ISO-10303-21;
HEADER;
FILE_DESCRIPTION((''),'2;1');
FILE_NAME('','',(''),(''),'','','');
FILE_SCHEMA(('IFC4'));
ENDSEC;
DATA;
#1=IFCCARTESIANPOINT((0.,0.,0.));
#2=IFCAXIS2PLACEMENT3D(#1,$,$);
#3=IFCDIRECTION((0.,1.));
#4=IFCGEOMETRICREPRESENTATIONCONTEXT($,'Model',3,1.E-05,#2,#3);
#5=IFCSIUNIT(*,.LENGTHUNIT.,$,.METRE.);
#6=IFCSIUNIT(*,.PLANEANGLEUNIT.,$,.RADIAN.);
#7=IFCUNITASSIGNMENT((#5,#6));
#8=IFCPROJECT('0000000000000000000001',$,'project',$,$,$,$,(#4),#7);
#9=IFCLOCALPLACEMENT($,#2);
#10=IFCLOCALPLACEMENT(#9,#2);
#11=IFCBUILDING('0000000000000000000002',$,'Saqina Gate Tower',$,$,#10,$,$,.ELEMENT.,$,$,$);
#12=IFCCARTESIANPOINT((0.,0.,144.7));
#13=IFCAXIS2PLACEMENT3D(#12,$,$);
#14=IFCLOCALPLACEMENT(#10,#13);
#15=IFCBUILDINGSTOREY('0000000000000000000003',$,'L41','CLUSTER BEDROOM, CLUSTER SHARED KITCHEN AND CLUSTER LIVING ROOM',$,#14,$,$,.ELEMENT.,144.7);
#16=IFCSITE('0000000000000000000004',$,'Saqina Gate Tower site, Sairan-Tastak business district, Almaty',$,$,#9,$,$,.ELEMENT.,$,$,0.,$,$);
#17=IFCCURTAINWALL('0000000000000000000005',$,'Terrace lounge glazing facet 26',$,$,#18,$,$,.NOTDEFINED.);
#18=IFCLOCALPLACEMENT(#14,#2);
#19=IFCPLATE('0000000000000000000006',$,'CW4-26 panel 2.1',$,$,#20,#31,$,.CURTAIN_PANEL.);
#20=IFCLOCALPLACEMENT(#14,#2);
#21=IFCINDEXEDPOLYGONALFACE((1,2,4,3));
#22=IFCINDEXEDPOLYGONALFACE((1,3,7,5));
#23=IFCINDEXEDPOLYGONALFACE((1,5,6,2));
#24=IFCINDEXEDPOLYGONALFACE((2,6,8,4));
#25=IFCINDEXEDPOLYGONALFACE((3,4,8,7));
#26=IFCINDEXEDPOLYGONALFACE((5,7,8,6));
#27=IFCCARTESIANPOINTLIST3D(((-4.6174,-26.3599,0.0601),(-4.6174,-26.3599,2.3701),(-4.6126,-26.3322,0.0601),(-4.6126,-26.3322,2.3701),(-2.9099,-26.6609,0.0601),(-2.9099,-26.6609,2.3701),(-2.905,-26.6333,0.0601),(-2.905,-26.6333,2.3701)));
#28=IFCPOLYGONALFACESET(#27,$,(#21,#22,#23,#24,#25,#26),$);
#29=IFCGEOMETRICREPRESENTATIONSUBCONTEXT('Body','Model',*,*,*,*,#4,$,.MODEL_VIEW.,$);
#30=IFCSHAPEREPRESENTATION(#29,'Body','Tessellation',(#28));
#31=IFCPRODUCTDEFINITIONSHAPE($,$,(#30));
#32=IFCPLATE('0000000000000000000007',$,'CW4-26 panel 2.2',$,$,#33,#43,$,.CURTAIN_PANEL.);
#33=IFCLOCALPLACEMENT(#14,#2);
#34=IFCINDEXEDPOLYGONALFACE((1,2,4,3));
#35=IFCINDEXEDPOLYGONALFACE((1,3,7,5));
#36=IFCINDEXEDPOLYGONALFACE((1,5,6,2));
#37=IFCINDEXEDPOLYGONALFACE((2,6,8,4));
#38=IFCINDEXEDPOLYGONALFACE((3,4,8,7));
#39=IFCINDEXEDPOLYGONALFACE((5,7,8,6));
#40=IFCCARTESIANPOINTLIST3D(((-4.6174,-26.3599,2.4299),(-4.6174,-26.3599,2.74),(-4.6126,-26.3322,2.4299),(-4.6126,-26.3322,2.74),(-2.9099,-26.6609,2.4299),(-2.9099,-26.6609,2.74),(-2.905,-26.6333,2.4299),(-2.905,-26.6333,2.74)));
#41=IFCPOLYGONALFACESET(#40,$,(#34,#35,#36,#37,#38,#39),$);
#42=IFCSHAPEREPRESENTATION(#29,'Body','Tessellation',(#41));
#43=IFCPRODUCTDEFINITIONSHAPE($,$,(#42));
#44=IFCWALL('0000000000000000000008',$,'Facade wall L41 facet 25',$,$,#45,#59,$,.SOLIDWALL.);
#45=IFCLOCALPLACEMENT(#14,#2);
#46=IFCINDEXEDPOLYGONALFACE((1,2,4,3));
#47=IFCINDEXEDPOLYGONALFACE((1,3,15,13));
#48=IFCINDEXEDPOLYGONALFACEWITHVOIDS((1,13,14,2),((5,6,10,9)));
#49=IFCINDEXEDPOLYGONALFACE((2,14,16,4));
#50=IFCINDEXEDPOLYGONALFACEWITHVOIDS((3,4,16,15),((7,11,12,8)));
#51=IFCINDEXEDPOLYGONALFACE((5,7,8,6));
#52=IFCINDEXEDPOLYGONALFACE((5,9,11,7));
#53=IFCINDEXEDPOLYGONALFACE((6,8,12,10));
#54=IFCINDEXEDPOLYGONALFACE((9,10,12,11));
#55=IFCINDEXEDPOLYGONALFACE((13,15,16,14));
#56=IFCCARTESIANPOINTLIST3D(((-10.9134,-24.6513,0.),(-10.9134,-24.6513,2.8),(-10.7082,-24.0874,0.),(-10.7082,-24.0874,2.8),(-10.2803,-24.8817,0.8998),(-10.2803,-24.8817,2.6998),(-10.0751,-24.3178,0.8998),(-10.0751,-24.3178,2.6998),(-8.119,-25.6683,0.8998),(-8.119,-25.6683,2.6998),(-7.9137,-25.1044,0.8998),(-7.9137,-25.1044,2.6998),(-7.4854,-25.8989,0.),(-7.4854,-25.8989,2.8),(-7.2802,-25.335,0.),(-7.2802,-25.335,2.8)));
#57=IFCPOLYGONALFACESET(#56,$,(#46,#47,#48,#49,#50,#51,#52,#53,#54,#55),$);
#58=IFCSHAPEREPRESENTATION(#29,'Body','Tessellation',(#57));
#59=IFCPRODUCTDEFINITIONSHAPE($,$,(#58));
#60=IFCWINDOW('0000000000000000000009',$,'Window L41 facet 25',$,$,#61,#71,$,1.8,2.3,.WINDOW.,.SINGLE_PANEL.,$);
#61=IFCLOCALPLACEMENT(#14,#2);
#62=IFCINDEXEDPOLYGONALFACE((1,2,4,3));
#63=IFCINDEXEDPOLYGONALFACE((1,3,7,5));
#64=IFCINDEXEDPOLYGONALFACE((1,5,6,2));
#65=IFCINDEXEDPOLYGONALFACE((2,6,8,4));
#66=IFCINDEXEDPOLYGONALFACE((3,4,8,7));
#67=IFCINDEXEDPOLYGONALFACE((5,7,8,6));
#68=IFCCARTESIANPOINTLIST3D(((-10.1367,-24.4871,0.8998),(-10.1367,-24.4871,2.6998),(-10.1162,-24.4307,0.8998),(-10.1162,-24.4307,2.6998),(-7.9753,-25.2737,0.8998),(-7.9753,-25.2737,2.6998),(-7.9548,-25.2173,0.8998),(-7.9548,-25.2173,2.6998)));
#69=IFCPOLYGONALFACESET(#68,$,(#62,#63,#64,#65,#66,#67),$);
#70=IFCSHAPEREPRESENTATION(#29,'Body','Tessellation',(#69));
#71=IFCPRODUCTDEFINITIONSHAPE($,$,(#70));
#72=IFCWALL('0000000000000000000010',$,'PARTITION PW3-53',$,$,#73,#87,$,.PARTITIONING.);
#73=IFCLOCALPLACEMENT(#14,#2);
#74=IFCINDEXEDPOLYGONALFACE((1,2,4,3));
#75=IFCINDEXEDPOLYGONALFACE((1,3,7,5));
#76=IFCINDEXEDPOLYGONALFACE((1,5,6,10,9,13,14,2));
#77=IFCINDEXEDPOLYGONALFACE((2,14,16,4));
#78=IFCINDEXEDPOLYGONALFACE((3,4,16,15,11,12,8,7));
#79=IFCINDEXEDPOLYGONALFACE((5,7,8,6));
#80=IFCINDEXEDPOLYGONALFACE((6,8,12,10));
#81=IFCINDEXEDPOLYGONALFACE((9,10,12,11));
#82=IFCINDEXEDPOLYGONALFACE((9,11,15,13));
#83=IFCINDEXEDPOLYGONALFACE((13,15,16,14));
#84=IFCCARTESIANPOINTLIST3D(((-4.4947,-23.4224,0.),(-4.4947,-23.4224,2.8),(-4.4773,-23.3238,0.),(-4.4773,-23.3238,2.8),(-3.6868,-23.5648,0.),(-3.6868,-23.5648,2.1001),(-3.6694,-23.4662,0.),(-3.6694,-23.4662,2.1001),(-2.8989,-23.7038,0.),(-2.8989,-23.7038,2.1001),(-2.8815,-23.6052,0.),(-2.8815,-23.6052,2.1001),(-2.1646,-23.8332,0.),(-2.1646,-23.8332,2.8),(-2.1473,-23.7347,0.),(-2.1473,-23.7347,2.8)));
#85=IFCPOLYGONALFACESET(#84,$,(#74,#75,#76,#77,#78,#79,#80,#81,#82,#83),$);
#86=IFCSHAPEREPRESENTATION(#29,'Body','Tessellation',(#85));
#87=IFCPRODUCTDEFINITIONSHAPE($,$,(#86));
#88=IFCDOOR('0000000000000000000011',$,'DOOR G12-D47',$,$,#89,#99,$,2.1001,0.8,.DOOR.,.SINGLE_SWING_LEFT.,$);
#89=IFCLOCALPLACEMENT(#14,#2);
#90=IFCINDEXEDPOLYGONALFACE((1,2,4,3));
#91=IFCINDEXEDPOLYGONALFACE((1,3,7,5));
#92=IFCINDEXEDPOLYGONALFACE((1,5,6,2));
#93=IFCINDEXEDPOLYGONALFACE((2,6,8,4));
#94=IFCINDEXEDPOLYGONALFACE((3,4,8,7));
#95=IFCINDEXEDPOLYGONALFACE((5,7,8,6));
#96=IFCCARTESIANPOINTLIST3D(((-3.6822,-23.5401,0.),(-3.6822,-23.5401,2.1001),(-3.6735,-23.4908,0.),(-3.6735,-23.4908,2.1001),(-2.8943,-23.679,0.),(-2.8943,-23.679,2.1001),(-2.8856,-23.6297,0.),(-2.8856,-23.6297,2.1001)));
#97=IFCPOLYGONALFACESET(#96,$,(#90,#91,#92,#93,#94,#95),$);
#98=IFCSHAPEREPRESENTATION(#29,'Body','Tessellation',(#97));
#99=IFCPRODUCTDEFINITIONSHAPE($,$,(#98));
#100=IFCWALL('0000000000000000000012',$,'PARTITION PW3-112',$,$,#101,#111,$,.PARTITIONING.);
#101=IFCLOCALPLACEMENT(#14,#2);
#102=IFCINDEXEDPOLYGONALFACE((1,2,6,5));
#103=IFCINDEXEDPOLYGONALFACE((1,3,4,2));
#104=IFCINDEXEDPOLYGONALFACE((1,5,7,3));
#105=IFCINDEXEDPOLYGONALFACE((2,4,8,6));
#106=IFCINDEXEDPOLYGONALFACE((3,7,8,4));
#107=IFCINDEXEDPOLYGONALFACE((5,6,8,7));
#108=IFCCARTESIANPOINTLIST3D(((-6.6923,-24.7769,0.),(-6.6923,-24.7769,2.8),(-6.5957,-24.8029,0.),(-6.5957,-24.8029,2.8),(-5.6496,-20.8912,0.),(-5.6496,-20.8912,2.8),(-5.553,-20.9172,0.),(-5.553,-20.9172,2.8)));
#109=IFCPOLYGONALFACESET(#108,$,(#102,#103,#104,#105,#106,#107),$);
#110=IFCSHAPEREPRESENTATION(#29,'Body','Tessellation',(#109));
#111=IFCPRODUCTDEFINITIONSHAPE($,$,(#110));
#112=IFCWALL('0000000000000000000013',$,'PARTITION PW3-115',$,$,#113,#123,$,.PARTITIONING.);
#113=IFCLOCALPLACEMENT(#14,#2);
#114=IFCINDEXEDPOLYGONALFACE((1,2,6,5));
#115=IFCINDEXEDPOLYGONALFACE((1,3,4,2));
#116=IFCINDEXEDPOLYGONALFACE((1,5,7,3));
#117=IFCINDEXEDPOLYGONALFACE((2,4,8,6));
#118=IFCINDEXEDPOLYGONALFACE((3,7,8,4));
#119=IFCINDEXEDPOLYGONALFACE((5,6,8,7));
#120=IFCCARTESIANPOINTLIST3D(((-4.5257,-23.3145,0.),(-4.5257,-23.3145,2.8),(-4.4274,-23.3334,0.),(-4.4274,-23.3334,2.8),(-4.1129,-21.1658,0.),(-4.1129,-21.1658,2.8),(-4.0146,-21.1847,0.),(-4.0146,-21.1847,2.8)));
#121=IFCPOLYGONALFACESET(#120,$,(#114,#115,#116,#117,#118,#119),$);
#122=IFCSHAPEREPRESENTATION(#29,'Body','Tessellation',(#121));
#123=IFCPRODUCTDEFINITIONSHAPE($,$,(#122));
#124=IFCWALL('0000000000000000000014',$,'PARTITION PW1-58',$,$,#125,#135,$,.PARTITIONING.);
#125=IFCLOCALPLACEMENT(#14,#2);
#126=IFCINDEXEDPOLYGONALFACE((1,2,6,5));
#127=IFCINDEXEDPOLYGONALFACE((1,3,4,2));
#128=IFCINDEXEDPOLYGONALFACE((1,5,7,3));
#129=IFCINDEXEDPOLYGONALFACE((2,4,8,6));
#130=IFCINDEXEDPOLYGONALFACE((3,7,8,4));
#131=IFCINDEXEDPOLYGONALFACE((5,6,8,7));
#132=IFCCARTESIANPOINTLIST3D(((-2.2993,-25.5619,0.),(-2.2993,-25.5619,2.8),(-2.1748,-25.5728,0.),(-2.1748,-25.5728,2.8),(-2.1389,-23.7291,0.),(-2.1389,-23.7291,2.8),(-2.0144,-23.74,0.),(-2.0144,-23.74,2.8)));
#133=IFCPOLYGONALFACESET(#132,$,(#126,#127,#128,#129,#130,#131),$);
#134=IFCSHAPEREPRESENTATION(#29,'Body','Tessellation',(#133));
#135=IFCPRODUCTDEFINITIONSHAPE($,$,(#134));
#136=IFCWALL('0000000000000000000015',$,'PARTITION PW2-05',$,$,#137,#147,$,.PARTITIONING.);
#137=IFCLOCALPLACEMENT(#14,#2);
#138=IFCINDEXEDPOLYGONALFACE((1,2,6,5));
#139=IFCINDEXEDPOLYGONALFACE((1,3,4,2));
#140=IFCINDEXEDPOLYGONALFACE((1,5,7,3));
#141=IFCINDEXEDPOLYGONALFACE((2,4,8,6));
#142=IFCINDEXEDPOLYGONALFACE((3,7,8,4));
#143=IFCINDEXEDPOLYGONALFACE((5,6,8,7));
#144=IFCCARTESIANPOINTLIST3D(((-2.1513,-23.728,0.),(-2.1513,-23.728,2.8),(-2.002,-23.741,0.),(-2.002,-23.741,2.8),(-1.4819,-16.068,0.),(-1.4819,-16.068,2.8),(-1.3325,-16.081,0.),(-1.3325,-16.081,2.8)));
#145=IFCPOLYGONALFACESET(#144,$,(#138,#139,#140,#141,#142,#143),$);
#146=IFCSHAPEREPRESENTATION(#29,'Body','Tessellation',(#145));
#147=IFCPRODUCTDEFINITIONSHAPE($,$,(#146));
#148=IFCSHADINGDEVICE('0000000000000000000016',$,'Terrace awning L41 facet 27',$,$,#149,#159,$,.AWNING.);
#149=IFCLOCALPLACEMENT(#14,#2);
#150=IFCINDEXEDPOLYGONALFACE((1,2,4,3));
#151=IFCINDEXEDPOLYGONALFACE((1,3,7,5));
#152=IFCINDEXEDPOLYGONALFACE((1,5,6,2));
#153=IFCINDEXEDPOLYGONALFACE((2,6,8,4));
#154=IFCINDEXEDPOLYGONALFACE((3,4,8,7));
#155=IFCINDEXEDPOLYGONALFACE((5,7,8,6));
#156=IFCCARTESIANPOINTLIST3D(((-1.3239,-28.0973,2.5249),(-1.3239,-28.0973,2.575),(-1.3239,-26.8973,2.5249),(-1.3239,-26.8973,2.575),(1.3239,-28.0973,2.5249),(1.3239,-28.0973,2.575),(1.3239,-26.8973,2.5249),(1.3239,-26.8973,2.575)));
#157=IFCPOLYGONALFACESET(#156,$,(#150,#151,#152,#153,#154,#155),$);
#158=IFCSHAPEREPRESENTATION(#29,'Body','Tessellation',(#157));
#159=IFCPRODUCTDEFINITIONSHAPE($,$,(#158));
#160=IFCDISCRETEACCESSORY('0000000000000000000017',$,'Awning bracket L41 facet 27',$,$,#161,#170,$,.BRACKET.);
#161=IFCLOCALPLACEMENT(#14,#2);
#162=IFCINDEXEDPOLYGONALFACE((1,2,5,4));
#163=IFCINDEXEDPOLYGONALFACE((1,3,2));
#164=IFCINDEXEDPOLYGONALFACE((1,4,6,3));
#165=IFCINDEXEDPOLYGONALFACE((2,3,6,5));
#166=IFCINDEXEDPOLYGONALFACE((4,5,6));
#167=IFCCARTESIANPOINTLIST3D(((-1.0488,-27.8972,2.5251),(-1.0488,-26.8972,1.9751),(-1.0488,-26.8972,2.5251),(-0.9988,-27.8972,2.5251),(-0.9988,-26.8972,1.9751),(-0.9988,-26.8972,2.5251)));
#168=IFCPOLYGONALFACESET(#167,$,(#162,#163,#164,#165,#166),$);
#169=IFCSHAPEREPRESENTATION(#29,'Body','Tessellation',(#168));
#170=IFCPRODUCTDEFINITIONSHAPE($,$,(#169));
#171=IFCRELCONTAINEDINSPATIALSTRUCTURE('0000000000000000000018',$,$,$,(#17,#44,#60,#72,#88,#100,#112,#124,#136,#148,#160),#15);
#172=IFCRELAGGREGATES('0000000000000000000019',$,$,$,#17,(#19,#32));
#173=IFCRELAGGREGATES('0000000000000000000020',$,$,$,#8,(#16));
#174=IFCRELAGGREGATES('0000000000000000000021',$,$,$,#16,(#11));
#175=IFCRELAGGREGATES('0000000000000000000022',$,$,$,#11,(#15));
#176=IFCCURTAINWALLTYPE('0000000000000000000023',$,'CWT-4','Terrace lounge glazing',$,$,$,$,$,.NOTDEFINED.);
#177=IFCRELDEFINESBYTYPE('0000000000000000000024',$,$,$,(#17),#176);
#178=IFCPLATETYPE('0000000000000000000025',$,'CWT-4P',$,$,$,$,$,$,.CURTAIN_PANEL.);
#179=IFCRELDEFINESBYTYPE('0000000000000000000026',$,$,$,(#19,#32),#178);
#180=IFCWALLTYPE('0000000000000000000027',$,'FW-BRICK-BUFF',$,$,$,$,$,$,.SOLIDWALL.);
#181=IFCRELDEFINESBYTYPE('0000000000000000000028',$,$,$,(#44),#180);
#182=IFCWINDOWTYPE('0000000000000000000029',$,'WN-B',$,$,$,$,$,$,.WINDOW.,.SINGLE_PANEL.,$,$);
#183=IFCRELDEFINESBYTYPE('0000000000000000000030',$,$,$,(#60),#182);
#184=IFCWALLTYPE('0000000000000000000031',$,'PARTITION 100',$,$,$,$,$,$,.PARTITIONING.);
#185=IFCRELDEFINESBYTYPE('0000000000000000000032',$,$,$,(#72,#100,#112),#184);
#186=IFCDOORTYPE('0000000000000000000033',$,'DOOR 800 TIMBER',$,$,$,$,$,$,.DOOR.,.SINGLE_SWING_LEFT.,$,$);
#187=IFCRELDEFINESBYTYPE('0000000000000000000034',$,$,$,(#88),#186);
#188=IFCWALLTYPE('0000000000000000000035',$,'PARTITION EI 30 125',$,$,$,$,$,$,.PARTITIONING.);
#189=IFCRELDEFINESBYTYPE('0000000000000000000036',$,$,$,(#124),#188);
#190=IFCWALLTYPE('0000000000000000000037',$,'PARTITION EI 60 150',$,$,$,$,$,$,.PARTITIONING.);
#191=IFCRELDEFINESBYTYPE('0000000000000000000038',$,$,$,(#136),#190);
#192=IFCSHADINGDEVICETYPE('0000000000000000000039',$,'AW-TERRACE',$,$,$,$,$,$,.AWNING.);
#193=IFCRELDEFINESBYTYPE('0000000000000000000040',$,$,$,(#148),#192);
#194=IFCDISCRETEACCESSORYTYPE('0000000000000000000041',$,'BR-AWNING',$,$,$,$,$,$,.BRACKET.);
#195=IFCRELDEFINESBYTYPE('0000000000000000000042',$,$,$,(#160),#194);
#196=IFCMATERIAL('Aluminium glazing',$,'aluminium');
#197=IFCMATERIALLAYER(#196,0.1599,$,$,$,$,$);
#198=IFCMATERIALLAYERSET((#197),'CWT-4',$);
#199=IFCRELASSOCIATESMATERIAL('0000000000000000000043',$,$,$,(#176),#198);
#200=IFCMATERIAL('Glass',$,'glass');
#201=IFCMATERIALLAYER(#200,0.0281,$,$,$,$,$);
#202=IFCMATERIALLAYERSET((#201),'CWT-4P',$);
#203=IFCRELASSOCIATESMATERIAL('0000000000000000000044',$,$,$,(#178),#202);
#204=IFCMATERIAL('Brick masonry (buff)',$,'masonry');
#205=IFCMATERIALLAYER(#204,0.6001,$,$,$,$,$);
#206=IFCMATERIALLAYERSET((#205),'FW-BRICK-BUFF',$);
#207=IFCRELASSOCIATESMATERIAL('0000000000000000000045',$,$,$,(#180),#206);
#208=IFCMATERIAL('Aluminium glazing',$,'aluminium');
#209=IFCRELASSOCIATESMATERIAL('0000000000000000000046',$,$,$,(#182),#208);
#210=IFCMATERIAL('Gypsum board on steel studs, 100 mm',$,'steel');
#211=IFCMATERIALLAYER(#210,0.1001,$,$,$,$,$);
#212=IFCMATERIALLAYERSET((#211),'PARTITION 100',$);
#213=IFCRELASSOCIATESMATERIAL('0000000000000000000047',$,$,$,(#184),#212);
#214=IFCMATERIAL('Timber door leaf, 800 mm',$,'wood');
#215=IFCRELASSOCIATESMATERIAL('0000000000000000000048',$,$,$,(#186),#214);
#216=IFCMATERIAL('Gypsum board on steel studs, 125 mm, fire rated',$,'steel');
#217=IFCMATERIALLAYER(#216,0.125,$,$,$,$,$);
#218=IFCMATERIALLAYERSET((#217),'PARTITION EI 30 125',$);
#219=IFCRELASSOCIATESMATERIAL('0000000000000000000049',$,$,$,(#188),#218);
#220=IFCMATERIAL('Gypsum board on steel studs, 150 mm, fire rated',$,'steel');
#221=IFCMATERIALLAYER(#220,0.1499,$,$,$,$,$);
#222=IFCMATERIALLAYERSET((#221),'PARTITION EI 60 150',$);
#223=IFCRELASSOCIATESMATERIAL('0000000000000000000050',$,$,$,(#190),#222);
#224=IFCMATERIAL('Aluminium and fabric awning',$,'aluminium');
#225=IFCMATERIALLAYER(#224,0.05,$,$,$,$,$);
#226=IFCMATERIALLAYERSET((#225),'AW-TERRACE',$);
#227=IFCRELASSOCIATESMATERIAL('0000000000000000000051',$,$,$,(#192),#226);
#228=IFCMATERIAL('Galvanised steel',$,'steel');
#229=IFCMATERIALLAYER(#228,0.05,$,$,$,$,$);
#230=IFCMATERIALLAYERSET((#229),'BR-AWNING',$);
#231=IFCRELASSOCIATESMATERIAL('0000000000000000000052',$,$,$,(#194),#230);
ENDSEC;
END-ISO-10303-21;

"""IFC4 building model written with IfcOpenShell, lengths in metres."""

from ifc_helpers import new_model, si_unit, direction, frame, frame_2d, origin, origin_2d, place, context, subcontext, project, spatial, polyline, rectangle, outline, extrude, material, layer, layer_set, type_object, element, fill, aggregate, save


model = new_model("IFC4")

# Units and contexts
model_context = context("Model", 3, precision=1e-05, world=origin(), true_north=direction((0.0, 1.0)))
body_context = subcontext(model_context, "Body", "Model", "MODEL_VIEW")
ifc_project = project(units=[si_unit("LENGTHUNIT", "METRE"), si_unit("PLANEANGLEUNIT", "RADIAN")], contexts=[model_context])

# Site, building, storey
site_placement = place(None, origin())
site = spatial("IfcSite", under=ifc_project, at=site_placement, Name="Saqina Gate Tower site, Sairan-Tastak business district, Almaty", CompositionType="ELEMENT", RefElevation=0.0)
building_placement = place(site_placement, origin())
building = spatial("IfcBuilding", under=site, at=building_placement, Name="Saqina Gate Tower", CompositionType="ELEMENT")
storey_placement = place(building_placement, frame((0.0, 0.0, 144.7)))
storey = spatial("IfcBuildingStorey", under=building, at=storey_placement, Name="L41", Description="CLUSTER BEDROOM, CLUSTER SHARED KITCHEN AND CLUSTER LIVING ROOM", CompositionType="ELEMENT", Elevation=144.7)

# Curtain wall, plates
ifc_material_1 = material(Name="Aluminium glazing", Category="aluminium")
ifc_layer_1 = layer(ifc_material_1, 0.1599)
ifc_layer_set_1 = layer_set([ifc_layer_1], Name="CWT-4")
curtain_wall_type = type_object("IfcCurtainWallType", Name="CWT-4", Description="Terrace lounge glazing", PredefinedType="NOTDEFINED", material=ifc_layer_set_1)
curtain_wall_placement = place(storey_placement, origin())
curtain_wall = element("IfcCurtainWall", 1, at=curtain_wall_placement, inside=storey, type_object=curtain_wall_type, Name="Terrace lounge glazing facet 26", PredefinedType="NOTDEFINED")
ifc_material_2 = material(Name="Glass", Category="glass")
ifc_layer_2 = layer(ifc_material_2, 0.0281)
ifc_layer_set_2 = layer_set([ifc_layer_2], Name="CWT-4P")
plate_type = type_object("IfcPlateType", Name="CWT-4P", PredefinedType="CURTAIN_PANEL", material=ifc_layer_set_2)
plate_1_placement = place(storey_placement, frame((-3.7612, -26.4966, 0.0601), z_axis=(0.0, 0.0, 1.0), x_axis=(0.984809, -0.173638, 0.0)))
plate_1 = element("IfcPlate", 2, at=plate_1_placement, type_object=plate_type, Name="CW4-26 panel 2.1", PredefinedType="CURTAIN_PANEL", context=body_context, shape_type="SweptSolid", body=[
    extrude(rectangle(XDim=1.7339, YDim=0.0281, at=origin_2d()), origin(), (0.0, 0.0, 1.0), 2.3101),
])
plate_2_placement = place(storey_placement, frame((-3.7612, -26.4966, 2.4299), z_axis=(0.0, 0.0, 1.0), x_axis=(0.984809, -0.173638, 0.0)))
plate_2 = element("IfcPlate", 3, at=plate_2_placement, type_object=plate_type, Name="CW4-26 panel 2.2", PredefinedType="CURTAIN_PANEL", context=body_context, shape_type="SweptSolid", body=[
    extrude(rectangle(XDim=1.7339, YDim=0.0281, at=origin_2d()), origin(), (0.0, 0.0, 1.0), 0.3101),
])
aggregate(curtain_wall, [plate_1, plate_2])

# Wall, opening, window
ifc_material_3 = material(Name="Brick masonry (buff)", Category="masonry")
ifc_layer_3 = layer(ifc_material_3, 0.6001)
ifc_layer_set_3 = layer_set([ifc_layer_3], Name="FW-BRICK-BUFF")
wall_type_1 = type_object("IfcWallType", Name="FW-BRICK-BUFF", PredefinedType="SOLIDWALL", material=ifc_layer_set_3)
wall_1_placement = place(storey_placement, frame((-10.8108, -24.3694, 0.0), z_axis=(0.0, 0.0, 1.0), x_axis=(0.939704, -0.34199, 0.0)))
wall_1 = element("IfcWall", 4, at=wall_1_placement, inside=storey, type_object=wall_type_1, Name="Facade wall L41 facet 25", PredefinedType="SOLIDWALL", context=body_context, shape_type="SweptSolid", body=[
    extrude(rectangle(XDim=3.6479, YDim=0.6001, at=frame_2d((1.824, 0.0))), origin(), (0.0, 0.0, 1.0), 2.8),
])
opening_1_placement = place(wall_1_placement, frame((0.6738, 0.0, 0.8999)))
opening_1 = element("IfcOpeningElement", 5, at=opening_1_placement, cuts=wall_1, PredefinedType="OPENING", context=body_context, shape_type="SweptSolid", body=[
    extrude(rectangle(XDim=2.3, YDim=1.8, at=frame_2d((1.1499, 0.8999))), frame((0.0, 0.312, 0.0), z_axis=(0.0, -1.0, 0.0), x_axis=(1.0, 0.0, 0.0)), (0.0, 0.0, 1.0), 0.624),
])
ifc_material_4 = material(Name="Aluminium glazing", Category="aluminium")
window_type = type_object("IfcWindowType", Name="WN-B", PartitioningType="SINGLE_PANEL", PredefinedType="WINDOW", material=ifc_material_4)
window_placement = place(opening_1_placement, origin())
window = element("IfcWindow", 6, at=window_placement, inside=storey, type_object=window_type, Name="Window L41 facet 25", OverallHeight=1.8, OverallWidth=2.3, PartitioningType="SINGLE_PANEL", PredefinedType="WINDOW", context=body_context, shape_type="SweptSolid", body=[
    extrude(rectangle(XDim=2.3, YDim=1.8, at=frame_2d((1.1499, 0.8999))), frame((0.0, 0.1799, 0.0), z_axis=(0.0, -1.0, 0.0), x_axis=(1.0, 0.0, 0.0)), (0.0, 0.0, 1.0), 0.0601),
])
fill(opening_1, window)

# Wall, opening, door
ifc_material_5 = material(Name="Gypsum board on steel studs, 100 mm", Category="steel")
ifc_layer_4 = layer(ifc_material_5, 0.1001)
ifc_layer_set_4 = layer_set([ifc_layer_4], Name="PARTITION 100")
wall_type_2 = type_object("IfcWallType", Name="PARTITION 100", PredefinedType="PARTITIONING", material=ifc_layer_set_4)
wall_2_placement = place(storey_placement, frame((-4.4861, -23.373, 0.0), z_axis=(0.0, 0.0, 1.0), x_axis=(0.984805, -0.173662, 0.0)))
wall_2 = element("IfcWall", 7, at=wall_2_placement, inside=storey, type_object=wall_type_2, Name="PARTITION PW3-53", PredefinedType="PARTITIONING", context=body_context, shape_type="SweptSolid", body=[
    extrude(rectangle(XDim=2.366, YDim=0.1001, at=frame_2d((1.1831, 0.0))), origin(), (0.0, 0.0, 1.0), 2.8),
])
opening_2_placement = place(wall_2_placement, frame((0.8206, 0.0, 0.0)))
opening_2 = element("IfcOpeningElement", 8, at=opening_2_placement, cuts=wall_2, PredefinedType="OPENING", context=body_context, shape_type="SweptSolid", body=[
    extrude(rectangle(XDim=0.8, YDim=2.1001, at=frame_2d((0.3999, 1.05))), frame((0.0, 0.062, 0.0), z_axis=(0.0, -1.0, 0.0), x_axis=(1.0, 0.0, 0.0)), (0.0, 0.0, 1.0), 0.124),
])
ifc_material_6 = material(Name="Timber door leaf, 800 mm", Category="wood")
door_type_1 = type_object("IfcDoorType", Name="DOOR 800 TIMBER", OperationType="SINGLE_SWING_LEFT", PredefinedType="DOOR", material=ifc_material_6)
door_1_placement = place(opening_2_placement, frame((0.8, 0.0, 0.0), z_axis=(0.0, 0.0, 1.0), x_axis=(-1.0, 0.0, 0.0)))
door_1 = element("IfcDoor", 9, at=door_1_placement, inside=storey, type_object=door_type_1, Name="DOOR G12-D47", OperationType="SINGLE_SWING_LEFT", OverallHeight=2.1001, OverallWidth=0.8, PredefinedType="DOOR", context=body_context, shape_type="SweptSolid", body=[
    extrude(rectangle(XDim=0.8, YDim=2.1001, at=frame_2d((0.3999, 1.05))), frame((0.0, 0.0249, 0.0), z_axis=(0.0, -1.0, 0.0), x_axis=(1.0, 0.0, 0.0)), (0.0, 0.0, 1.0), 0.05),
])
fill(opening_2, door_1)

# Walls
wall_3_placement = place(storey_placement, frame((-6.644, -24.79, 0.0), z_axis=(0.0, 0.0, 1.0), x_axis=(0.259177, 0.96583, 0.0)))
element("IfcWall", 10, at=wall_3_placement, inside=storey, type_object=wall_type_2, Name="PARTITION PW3-112", PredefinedType="PARTITIONING", context=body_context, shape_type="SweptSolid", body=[
    extrude(rectangle(XDim=4.0232, YDim=0.1001, at=frame_2d((2.0117, 0.0))), origin(), (0.0, 0.0, 1.0), 2.8),
])
wall_4_placement = place(storey_placement, frame((-4.4766, -23.324, 0.0), z_axis=(0.0, 0.0, 1.0), x_axis=(0.188686, 0.982037, 0.0)))
element("IfcWall", 11, at=wall_4_placement, inside=storey, type_object=wall_type_2, Name="PARTITION PW3-115", PredefinedType="PARTITIONING", context=body_context, shape_type="SweptSolid", body=[
    extrude(rectangle(XDim=2.188, YDim=0.1001, at=frame_2d((1.094, 0.0))), origin(), (0.0, 0.0, 1.0), 2.8),
])
ifc_material_7 = material(Name="Gypsum board on steel studs, 125 mm, fire rated", Category="steel")
ifc_layer_5 = layer(ifc_material_7, 0.125)
ifc_layer_set_5 = layer_set([ifc_layer_5], Name="PARTITION EI 30 125")
wall_type_3 = type_object("IfcWallType", Name="PARTITION EI 30 125", PredefinedType="PARTITIONING", material=ifc_layer_set_5)
wall_5_placement = place(storey_placement, frame((-2.2371, -25.5674, 0.0), z_axis=(0.0, 0.0, 1.0), x_axis=(0.087185, 0.996192, 0.0)))
element("IfcWall", 12, at=wall_5_placement, inside=storey, type_object=wall_type_3, Name="PARTITION PW1-58", PredefinedType="PARTITIONING", context=body_context, shape_type="SweptSolid", body=[
    extrude(rectangle(XDim=1.8398, YDim=0.125, at=frame_2d((0.9199, 0.0))), origin(), (0.0, 0.0, 1.0), 2.8),
])
ifc_material_8 = material(Name="Gypsum board on steel studs, 150 mm, fire rated", Category="steel")
ifc_layer_6 = layer(ifc_material_8, 0.1499)
ifc_layer_set_6 = layer_set([ifc_layer_6], Name="PARTITION EI 60 150")
wall_type_4 = type_object("IfcWallType", Name="PARTITION EI 60 150", PredefinedType="PARTITIONING", material=ifc_layer_set_6)
wall_6_placement = place(storey_placement, frame((-2.0767, -23.7346, 0.0), z_axis=(0.0, 0.0, 1.0), x_axis=(0.087063, 0.996203, 0.0)))
element("IfcWall", 13, at=wall_6_placement, inside=storey, type_object=wall_type_4, Name="PARTITION PW2-05", PredefinedType="PARTITIONING", context=body_context, shape_type="SweptSolid", body=[
    extrude(rectangle(XDim=7.6892, YDim=0.1499, at=frame_2d((3.8447, 0.0))), origin(), (0.0, 0.0, 1.0), 2.8),
])

# Shading device
ifc_material_9 = material(Name="Aluminium and fabric awning", Category="aluminium")
ifc_layer_7 = layer(ifc_material_9, 0.05)
ifc_layer_set_7 = layer_set([ifc_layer_7], Name="AW-TERRACE")
shading_device_type = type_object("IfcShadingDeviceType", Name="AW-TERRACE", PredefinedType="AWNING", material=ifc_layer_set_7)
shading_device_placement = place(storey_placement, frame((0.0, -27.4973, 2.5249), z_axis=(0.0, 0.0, 1.0), x_axis=(1.0, 0.0, 0.0)))
element("IfcShadingDevice", 14, at=shading_device_placement, inside=storey, type_object=shading_device_type, Name="Terrace awning L41 facet 27", PredefinedType="AWNING", context=body_context, shape_type="SweptSolid", body=[
    extrude(rectangle(XDim=2.6477, YDim=1.2, at=origin_2d()), origin(), (0.0, 0.0, 1.0), 0.05),
])

# Discrete accessory
ifc_material_10 = material(Name="Galvanised steel", Category="steel")
ifc_layer_8 = layer(ifc_material_10, 0.05)
ifc_layer_set_8 = layer_set([ifc_layer_8], Name="BR-AWNING")
discrete_accessory_type_1 = type_object("IfcDiscreteAccessoryType", Name="BR-AWNING", PredefinedType="BRACKET", material=ifc_layer_set_8)
discrete_accessory_1_placement = place(storey_placement, frame((-0.9988, -26.8972, 1.9751), z_axis=(1.0, 0.0, 0.0), x_axis=(0.0, 0.0, 1.0)))
element("IfcDiscreteAccessory", 15, at=discrete_accessory_1_placement, inside=storey, type_object=discrete_accessory_type_1, Name="Awning bracket L41 facet 27", PredefinedType="BRACKET", context=body_context, shape_type="SweptSolid", body=[
    extrude(outline(polyline([(0.0, 0.0), (0.55, 0.0), (0.55, 1.0), (0.0, 0.0)])), origin(), (0.0, 0.0, -1.0), 0.05),
])

save(model, "model.ifc")
